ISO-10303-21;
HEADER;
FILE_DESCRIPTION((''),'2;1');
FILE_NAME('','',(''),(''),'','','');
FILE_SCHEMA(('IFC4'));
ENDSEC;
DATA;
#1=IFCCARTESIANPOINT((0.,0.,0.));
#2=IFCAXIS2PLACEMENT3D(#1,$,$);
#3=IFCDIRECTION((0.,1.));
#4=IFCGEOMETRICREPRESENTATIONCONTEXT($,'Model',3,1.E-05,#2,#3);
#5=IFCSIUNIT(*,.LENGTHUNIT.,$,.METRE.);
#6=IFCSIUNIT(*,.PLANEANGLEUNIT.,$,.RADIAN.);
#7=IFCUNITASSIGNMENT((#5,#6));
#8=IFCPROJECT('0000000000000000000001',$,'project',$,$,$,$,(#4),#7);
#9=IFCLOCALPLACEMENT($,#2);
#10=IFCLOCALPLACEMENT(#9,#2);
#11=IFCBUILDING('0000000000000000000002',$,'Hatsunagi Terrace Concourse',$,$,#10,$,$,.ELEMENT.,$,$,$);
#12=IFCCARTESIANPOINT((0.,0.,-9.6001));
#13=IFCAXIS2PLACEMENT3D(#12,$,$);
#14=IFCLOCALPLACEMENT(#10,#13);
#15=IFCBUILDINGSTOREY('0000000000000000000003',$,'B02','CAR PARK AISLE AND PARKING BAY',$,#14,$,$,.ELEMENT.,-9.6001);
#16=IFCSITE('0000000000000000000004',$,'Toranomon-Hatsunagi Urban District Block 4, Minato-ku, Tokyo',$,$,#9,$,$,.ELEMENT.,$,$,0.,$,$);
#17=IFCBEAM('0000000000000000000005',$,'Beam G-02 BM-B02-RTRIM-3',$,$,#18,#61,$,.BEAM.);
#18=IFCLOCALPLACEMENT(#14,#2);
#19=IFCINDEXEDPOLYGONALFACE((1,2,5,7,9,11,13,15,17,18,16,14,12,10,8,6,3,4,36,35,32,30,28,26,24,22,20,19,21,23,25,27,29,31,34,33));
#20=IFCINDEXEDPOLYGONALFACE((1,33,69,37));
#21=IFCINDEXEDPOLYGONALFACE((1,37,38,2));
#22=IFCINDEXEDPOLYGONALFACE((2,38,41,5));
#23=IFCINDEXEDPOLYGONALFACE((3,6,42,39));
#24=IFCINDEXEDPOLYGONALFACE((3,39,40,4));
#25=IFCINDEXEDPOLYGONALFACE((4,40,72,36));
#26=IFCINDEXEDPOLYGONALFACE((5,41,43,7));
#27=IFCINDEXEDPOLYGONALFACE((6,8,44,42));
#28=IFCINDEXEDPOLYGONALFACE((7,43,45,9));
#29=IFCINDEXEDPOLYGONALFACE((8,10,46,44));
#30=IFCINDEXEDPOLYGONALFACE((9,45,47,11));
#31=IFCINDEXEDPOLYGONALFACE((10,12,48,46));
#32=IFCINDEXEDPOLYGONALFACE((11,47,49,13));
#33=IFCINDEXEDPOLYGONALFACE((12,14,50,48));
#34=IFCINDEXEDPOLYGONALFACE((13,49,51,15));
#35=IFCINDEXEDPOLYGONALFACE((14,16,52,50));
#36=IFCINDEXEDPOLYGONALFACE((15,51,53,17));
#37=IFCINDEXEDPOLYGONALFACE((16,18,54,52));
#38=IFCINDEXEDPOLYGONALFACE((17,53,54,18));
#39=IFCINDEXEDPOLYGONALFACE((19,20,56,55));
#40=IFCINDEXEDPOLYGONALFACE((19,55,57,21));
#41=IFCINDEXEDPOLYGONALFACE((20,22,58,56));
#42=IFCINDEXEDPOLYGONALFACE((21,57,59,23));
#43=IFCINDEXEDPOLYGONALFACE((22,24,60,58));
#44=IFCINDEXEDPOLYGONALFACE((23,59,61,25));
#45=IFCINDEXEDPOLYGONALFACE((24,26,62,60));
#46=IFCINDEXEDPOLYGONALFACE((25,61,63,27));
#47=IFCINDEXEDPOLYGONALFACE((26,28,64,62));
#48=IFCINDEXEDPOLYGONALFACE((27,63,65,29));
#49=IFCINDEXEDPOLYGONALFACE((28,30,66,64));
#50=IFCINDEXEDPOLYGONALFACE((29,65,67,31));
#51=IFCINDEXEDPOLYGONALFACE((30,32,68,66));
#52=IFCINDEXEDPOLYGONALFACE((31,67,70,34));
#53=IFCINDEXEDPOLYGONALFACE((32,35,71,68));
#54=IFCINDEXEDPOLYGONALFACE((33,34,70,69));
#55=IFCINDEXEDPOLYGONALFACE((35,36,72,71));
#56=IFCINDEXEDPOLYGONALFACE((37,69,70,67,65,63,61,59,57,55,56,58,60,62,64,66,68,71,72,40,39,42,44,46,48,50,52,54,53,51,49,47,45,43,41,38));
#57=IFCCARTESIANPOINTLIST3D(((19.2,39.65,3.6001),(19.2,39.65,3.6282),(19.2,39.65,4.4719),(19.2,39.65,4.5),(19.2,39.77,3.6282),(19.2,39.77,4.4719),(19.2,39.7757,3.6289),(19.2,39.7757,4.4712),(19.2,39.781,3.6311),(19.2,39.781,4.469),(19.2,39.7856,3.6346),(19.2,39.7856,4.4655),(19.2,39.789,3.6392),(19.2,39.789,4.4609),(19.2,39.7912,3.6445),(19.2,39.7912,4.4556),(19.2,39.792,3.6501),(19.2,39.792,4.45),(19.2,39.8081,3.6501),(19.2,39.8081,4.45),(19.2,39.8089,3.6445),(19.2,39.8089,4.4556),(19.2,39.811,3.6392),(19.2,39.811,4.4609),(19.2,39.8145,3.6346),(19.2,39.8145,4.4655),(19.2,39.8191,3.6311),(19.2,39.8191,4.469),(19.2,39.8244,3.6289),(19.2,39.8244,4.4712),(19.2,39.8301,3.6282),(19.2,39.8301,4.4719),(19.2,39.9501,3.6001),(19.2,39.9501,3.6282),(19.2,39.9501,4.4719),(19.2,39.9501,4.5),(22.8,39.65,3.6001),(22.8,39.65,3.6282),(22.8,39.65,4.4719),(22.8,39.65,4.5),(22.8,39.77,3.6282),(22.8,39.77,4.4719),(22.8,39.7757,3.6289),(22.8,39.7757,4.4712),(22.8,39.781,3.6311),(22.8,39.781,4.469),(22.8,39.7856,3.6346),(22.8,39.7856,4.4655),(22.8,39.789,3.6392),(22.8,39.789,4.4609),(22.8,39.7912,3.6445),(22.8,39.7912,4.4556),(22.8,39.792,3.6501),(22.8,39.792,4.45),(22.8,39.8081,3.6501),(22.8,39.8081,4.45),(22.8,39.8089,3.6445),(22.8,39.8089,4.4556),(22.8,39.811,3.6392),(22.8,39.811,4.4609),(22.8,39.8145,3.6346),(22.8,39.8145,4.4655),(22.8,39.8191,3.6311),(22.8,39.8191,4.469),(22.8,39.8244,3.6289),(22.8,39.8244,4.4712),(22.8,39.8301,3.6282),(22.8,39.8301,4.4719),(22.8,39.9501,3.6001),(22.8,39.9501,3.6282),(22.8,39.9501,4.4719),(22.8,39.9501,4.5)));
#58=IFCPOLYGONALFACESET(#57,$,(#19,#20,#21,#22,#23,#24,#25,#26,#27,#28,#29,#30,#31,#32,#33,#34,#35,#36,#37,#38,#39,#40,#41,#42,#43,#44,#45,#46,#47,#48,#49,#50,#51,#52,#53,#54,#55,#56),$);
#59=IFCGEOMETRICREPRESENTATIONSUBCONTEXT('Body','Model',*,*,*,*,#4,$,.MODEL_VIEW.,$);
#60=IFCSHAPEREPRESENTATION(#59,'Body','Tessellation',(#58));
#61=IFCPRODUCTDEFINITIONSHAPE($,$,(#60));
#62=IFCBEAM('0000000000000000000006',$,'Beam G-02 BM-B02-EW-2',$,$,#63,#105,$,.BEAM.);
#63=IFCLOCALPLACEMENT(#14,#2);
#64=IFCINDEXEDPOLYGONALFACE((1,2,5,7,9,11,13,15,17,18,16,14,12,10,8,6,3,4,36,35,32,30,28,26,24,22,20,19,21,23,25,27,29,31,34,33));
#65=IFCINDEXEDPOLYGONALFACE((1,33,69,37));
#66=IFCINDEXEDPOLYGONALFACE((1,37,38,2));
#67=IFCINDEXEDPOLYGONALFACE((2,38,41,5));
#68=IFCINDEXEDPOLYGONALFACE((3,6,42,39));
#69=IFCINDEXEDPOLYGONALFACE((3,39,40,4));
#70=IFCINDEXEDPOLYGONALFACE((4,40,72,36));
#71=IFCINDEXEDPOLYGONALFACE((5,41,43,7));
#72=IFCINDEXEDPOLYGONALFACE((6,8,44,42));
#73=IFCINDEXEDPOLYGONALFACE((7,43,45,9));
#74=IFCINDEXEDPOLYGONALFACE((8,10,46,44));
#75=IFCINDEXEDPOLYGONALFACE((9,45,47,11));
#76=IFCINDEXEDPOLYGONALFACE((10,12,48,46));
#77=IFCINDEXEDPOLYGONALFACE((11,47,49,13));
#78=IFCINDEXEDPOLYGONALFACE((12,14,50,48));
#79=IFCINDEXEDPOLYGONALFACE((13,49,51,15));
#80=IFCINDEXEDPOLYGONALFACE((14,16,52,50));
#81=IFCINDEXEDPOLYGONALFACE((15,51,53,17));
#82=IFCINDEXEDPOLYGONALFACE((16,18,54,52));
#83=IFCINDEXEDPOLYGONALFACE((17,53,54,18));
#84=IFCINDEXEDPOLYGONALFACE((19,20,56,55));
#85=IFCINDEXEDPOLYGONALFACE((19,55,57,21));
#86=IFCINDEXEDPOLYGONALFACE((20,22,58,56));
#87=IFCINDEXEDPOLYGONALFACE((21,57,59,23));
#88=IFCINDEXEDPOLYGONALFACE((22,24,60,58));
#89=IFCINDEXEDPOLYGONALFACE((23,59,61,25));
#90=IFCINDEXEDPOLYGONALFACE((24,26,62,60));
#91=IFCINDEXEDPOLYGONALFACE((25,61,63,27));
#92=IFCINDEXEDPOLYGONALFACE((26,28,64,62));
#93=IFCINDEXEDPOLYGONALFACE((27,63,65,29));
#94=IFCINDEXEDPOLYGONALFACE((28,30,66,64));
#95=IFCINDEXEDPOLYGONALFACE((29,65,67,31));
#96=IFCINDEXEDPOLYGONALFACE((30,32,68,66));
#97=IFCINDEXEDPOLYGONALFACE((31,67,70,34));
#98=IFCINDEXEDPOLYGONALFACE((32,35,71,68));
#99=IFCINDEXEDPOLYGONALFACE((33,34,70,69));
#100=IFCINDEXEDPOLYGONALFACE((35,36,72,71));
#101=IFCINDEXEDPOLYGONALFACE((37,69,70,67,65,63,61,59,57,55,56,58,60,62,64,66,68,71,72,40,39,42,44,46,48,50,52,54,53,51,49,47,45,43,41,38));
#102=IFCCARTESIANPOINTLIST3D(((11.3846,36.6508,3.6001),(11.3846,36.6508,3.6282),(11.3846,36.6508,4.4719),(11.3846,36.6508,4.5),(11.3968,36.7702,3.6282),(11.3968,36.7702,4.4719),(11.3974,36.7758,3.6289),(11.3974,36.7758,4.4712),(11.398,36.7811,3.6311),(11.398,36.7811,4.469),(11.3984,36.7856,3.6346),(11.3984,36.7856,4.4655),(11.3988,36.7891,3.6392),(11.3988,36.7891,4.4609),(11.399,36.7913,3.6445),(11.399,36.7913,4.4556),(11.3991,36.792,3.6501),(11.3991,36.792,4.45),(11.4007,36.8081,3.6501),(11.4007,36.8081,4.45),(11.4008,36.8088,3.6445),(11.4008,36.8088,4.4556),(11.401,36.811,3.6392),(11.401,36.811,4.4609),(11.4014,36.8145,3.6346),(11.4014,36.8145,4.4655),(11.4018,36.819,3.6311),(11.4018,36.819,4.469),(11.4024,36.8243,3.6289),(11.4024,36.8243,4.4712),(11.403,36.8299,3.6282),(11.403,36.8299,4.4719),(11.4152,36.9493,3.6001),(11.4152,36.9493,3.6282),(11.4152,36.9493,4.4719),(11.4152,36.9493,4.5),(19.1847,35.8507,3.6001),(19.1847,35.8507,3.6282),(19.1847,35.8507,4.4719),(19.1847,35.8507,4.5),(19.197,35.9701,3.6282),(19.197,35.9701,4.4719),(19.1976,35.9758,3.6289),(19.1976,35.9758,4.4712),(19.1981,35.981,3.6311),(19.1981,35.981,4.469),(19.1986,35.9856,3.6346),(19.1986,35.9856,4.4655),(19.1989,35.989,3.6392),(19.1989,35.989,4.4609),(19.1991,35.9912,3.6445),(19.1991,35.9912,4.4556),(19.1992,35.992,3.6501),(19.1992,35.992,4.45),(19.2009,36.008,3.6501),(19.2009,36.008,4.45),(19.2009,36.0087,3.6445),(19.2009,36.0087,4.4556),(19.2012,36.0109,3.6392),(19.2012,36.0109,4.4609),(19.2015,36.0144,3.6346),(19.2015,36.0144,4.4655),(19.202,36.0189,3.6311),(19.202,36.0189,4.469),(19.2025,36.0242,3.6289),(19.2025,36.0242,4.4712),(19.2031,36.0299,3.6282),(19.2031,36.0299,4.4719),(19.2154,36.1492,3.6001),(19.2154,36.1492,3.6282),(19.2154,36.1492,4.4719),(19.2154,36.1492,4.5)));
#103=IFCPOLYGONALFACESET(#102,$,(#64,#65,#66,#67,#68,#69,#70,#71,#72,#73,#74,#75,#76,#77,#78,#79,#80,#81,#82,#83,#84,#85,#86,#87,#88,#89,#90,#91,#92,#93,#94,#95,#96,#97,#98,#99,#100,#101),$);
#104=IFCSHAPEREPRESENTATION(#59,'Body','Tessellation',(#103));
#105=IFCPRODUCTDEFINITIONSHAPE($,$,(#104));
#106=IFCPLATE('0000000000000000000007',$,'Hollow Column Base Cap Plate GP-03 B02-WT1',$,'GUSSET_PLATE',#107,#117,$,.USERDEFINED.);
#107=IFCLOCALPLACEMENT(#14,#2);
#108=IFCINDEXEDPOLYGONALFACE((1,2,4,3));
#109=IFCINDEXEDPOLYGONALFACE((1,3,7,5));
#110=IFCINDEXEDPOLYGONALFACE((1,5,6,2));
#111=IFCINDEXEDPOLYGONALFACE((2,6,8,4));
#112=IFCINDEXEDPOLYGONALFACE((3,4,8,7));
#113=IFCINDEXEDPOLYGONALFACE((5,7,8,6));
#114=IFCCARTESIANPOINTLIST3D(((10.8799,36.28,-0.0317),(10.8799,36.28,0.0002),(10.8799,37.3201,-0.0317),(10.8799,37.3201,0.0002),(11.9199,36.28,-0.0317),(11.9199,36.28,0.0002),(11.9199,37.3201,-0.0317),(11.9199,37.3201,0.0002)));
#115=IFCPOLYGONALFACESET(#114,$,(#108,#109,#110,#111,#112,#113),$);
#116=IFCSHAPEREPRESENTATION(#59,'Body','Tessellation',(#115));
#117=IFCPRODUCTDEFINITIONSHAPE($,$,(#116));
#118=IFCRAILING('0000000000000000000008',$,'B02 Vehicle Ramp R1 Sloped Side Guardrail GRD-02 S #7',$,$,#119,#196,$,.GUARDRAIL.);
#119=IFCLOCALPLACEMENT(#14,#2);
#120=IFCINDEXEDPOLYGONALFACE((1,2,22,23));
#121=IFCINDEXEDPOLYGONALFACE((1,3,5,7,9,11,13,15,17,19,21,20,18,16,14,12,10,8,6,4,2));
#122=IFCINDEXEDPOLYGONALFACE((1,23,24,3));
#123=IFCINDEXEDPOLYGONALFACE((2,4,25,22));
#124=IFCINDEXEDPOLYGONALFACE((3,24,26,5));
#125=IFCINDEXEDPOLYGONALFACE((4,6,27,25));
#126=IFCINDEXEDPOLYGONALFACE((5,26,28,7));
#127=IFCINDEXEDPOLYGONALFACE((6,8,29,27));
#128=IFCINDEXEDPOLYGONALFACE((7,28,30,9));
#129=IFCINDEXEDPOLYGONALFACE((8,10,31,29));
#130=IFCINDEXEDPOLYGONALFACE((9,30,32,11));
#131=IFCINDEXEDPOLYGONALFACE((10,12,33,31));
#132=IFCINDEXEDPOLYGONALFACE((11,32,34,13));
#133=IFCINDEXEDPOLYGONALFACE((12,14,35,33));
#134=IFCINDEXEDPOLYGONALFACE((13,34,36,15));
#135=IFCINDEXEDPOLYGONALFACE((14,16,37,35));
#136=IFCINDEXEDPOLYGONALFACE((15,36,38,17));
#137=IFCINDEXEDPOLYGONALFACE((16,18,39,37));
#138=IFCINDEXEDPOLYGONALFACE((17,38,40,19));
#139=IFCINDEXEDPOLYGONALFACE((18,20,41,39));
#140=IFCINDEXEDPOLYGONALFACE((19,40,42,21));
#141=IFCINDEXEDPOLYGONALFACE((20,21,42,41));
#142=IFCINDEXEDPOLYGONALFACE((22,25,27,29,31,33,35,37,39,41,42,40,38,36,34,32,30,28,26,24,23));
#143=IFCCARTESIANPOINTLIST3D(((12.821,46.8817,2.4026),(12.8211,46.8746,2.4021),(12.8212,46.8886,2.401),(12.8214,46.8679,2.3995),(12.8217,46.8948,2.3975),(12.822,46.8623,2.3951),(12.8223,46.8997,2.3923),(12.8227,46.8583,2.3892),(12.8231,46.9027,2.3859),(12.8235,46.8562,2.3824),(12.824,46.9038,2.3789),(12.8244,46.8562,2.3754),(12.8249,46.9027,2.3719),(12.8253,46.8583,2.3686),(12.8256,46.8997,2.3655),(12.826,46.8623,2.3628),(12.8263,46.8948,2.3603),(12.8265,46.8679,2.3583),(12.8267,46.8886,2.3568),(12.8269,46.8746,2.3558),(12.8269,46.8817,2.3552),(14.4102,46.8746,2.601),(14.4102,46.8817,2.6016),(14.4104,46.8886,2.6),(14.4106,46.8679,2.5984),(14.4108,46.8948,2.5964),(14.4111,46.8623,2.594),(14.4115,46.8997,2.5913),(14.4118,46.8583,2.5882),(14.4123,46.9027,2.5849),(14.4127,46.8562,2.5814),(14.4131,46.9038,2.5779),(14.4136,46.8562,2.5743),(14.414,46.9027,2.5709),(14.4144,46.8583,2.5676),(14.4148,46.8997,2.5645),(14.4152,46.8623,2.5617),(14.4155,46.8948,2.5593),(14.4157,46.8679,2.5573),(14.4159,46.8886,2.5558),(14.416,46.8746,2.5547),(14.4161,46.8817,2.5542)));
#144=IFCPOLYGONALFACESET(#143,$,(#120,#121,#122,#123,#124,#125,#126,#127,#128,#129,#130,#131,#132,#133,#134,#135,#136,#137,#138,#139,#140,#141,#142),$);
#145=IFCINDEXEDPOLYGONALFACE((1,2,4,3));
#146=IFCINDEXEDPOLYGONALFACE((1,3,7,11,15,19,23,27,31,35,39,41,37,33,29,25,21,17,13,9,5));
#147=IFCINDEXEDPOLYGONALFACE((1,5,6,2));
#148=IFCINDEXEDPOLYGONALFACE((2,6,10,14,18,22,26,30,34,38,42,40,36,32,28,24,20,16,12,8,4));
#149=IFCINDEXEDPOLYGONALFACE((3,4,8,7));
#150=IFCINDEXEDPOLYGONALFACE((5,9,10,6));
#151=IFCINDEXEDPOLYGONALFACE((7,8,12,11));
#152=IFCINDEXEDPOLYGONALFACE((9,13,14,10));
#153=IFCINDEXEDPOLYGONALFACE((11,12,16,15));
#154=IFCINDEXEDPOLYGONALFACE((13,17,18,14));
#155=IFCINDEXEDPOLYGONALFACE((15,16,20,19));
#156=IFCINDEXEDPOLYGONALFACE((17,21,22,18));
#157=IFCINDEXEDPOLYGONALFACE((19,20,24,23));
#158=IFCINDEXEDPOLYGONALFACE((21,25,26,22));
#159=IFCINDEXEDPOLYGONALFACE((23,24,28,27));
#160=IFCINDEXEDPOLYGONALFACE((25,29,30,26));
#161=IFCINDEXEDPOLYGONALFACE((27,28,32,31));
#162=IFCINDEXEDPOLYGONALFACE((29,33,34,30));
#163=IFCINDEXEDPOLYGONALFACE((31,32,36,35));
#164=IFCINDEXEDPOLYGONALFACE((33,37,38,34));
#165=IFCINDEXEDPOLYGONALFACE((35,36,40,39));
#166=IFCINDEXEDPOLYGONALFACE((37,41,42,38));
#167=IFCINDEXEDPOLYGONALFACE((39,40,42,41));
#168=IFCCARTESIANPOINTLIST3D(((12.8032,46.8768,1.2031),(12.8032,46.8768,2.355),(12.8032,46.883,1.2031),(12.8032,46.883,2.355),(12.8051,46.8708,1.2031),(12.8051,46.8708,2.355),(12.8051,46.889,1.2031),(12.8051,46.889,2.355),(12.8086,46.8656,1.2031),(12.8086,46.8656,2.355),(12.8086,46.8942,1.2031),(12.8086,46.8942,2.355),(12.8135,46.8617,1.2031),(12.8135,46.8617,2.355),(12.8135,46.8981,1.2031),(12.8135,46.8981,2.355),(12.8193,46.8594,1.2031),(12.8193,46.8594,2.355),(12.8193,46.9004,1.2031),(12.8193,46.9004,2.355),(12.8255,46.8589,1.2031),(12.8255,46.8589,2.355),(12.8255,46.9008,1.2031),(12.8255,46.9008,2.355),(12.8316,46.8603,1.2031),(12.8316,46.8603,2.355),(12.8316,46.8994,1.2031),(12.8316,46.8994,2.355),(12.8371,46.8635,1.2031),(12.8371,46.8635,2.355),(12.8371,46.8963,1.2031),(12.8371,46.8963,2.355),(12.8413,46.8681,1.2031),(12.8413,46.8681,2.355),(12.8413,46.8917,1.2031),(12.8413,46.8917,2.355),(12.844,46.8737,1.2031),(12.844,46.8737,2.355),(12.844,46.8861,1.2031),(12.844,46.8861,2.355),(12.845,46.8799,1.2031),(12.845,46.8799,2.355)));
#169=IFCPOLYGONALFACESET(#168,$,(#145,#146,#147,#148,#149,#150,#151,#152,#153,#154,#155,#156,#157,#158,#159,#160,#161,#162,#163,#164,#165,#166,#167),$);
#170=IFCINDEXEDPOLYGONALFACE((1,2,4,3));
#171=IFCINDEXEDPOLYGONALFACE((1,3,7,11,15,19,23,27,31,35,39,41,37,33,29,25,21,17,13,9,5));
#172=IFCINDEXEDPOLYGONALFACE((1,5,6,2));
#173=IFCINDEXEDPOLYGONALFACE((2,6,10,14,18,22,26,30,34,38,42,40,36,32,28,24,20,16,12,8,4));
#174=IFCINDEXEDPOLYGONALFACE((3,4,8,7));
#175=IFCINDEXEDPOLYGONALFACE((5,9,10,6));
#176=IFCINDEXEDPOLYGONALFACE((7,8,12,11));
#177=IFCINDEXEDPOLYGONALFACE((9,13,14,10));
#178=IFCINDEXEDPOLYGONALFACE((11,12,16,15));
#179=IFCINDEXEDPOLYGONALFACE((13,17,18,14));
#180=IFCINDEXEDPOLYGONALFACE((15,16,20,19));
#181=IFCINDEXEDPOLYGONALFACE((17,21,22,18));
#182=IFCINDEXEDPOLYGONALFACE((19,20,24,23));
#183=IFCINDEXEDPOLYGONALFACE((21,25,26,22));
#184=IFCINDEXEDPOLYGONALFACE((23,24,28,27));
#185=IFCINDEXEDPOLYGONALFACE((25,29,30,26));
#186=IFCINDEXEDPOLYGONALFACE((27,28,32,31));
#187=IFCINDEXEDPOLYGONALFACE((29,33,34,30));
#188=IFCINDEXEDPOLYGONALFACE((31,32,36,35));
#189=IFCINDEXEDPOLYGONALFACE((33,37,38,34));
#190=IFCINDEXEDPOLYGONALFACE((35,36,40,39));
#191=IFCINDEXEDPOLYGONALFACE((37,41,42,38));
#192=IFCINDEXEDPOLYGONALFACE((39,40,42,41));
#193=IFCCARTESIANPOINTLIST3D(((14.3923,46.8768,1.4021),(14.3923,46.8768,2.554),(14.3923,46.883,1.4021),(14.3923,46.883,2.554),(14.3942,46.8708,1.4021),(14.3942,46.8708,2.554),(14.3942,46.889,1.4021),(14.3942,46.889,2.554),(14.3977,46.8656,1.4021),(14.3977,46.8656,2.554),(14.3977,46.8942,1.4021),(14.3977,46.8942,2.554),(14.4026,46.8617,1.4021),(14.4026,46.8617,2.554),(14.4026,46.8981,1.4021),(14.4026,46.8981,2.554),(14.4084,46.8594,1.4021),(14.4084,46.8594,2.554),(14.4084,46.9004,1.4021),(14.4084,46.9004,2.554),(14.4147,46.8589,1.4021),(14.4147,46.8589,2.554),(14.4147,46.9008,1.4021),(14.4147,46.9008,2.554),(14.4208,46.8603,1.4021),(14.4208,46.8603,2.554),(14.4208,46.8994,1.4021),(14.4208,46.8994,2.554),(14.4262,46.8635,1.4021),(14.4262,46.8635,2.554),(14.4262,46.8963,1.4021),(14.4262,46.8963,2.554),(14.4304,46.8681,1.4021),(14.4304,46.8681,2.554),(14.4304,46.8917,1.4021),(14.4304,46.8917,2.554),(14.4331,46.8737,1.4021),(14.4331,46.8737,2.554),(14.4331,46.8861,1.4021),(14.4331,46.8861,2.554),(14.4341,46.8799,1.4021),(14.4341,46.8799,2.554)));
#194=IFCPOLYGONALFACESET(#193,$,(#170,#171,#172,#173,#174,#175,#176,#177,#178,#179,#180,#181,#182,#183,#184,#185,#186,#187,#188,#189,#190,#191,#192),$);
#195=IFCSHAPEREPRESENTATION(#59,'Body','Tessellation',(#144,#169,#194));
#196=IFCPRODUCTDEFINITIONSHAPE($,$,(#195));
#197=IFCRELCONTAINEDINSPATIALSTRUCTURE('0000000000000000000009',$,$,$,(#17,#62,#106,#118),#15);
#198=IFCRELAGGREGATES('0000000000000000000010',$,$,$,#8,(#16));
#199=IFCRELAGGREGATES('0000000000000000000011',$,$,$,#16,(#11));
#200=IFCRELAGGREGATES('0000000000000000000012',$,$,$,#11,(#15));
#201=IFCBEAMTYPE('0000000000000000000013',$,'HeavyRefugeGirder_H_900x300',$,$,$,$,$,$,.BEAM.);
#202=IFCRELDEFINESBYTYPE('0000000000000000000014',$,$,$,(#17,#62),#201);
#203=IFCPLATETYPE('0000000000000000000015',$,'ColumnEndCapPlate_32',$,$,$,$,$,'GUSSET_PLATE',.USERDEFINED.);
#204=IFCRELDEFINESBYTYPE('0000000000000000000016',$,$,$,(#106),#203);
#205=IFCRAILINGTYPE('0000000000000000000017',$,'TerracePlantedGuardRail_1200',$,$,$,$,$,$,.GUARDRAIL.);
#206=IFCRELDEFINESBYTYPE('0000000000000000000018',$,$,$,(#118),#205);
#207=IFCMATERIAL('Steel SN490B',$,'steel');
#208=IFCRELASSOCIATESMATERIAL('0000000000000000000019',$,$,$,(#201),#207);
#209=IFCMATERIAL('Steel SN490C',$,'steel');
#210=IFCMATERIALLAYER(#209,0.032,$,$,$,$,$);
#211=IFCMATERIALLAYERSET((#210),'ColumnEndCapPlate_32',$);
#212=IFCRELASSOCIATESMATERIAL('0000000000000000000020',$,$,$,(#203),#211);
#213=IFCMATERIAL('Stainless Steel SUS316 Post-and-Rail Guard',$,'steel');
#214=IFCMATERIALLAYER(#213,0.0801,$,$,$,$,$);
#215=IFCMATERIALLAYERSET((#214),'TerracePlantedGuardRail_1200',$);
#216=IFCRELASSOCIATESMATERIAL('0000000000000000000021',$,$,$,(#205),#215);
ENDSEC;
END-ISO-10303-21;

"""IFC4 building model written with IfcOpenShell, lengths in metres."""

from ifc_helpers import new_model, si_unit, direction, frame, origin, origin_2d, place, context, subcontext, project, spatial, rectangle, circle, i_section, extrude, material, layer, layer_set, material_profile, profile_set, type_object, element, save


model = new_model("IFC4")

# Units and contexts
model_context = context("Model", 3, precision=1e-05, world=origin(), true_north=direction((0.0, 1.0)))
body_context = subcontext(model_context, "Body", "Model", "MODEL_VIEW")
ifc_project = project(units=[si_unit("LENGTHUNIT", "METRE"), si_unit("PLANEANGLEUNIT", "RADIAN")], contexts=[model_context])

# Site, building, storey
site_placement = place(None, origin())
site = spatial("IfcSite", under=ifc_project, at=site_placement, Name="Toranomon-Hatsunagi Urban District Block 4, Minato-ku, Tokyo", CompositionType="ELEMENT", RefElevation=0.0)
building_placement = place(site_placement, origin())
building = spatial("IfcBuilding", under=site, at=building_placement, Name="Hatsunagi Terrace Concourse", CompositionType="ELEMENT")
storey_placement = place(building_placement, frame((0.0, 0.0, -9.6001)))
storey = spatial("IfcBuildingStorey", under=building, at=storey_placement, Name="B02", Description="CAR PARK AISLE AND PARKING BAY", CompositionType="ELEMENT", Elevation=-9.6001)

# Beams
ifc_material_1 = material(Name="Steel SN490B", Category="steel")
ifc_material_profile_1 = material_profile(ifc_material_1, i_section(OverallWidth=0.3, OverallDepth=0.8999, WebThickness=0.0161, FlangeThickness=0.0281, FilletRadius=0.022, at=origin_2d()), Name="H-900x300x16x28")
ifc_profile_set_1 = profile_set([ifc_material_profile_1], Name="Steel SN490B")
beam_type = type_object("IfcBeamType", Name="HeavyRefugeGirder_H_900x300", PredefinedType="BEAM", material=ifc_profile_set_1)
beam_1_placement = place(storey_placement, frame((19.2, 39.8, 4.05), z_axis=(1.0, 0.0, 0.0), x_axis=(0.0, 1.0, 0.0)))
element("IfcBeam", 1, at=beam_1_placement, inside=storey, type_object=beam_type, Name="Beam G-02 BM-B02-RTRIM-3", PredefinedType="BEAM", context=body_context, shape_type="SweptSolid", body=[
    extrude(i_section(OverallWidth=0.3, OverallDepth=0.8999, WebThickness=0.0161, FlangeThickness=0.0281, FilletRadius=0.022, at=origin_2d()), origin(), (0.0, 0.0, 1.0), 3.6001),
])
beam_2_placement = place(storey_placement, frame((11.3999, 36.8, 4.05), z_axis=(0.994781, -0.102034, 0.0), x_axis=(0.102034, 0.994781, 0.0)))
element("IfcBeam", 2, at=beam_2_placement, inside=storey, type_object=beam_type, Name="Beam G-02 BM-B02-EW-2", PredefinedType="BEAM", context=body_context, shape_type="SweptSolid", body=[
    extrude(i_section(OverallWidth=0.3, OverallDepth=0.8999, WebThickness=0.0161, FlangeThickness=0.0281, FilletRadius=0.022, at=origin_2d()), origin(), (0.0, 0.0, 1.0), 7.8411),
])

# Plate
ifc_material_2 = material(Name="Steel SN490C", Category="steel")
ifc_layer_1 = layer(ifc_material_2, 0.032)
ifc_layer_set_1 = layer_set([ifc_layer_1], Name="ColumnEndCapPlate_32")
plate_type = type_object("IfcPlateType", Name="ColumnEndCapPlate_32", ElementType="GUSSET_PLATE", PredefinedType="USERDEFINED", material=ifc_layer_set_1)
plate_placement = place(storey_placement, frame((11.3999, 36.8, -0.0317), z_axis=(0.0, 0.0, 1.0), x_axis=(1.0, 0.0, 0.0)))
element("IfcPlate", 3, at=plate_placement, inside=storey, type_object=plate_type, Name="Hollow Column Base Cap Plate GP-03 B02-WT1", ObjectType="GUSSET_PLATE", PredefinedType="USERDEFINED", context=body_context, shape_type="SweptSolid", body=[
    extrude(rectangle(XDim=1.04, YDim=1.04, at=origin_2d()), origin(), (0.0, 0.0, 1.0), 0.032),
])

# Railing
ifc_material_3 = material(Name="Stainless Steel SUS316 Post-and-Rail Guard", Category="steel")
ifc_layer_2 = layer(ifc_material_3, 0.0801)
ifc_layer_set_2 = layer_set([ifc_layer_2], Name="TerracePlantedGuardRail_1200")
railing_type = type_object("IfcRailingType", Name="TerracePlantedGuardRail_1200", PredefinedType="GUARDRAIL", material=ifc_layer_set_2)
railing_1_placement = place(storey_placement, frame((12.824, 46.8799, 1.2031)))
element("IfcRailing", 4, at=railing_1_placement, inside=storey, type_object=railing_type, Name="B02 Vehicle Ramp R1 Sloped Side Guardrail GRD-02 S #7", PredefinedType="GUARDRAIL", context=body_context, shape_type="SweptSolid", body=[
    extrude(circle(Radius=0.0239, at=origin_2d()), frame((0.0, 0.0, 1.1758), z_axis=(0.992252, 0.0, 0.124241), x_axis=(0.0, 1.0, 0.0)), (0.0, 0.0, 1.0), 1.6016),
    extrude(circle(Radius=0.021, at=origin_2d()), origin(), (0.0, 0.0, 1.0), 1.1519),
    extrude(circle(Radius=0.021, at=origin_2d()), frame((1.5891, 0.0, 0.199)), (0.0, 0.0, 1.0), 1.1519),
])

save(model, "model.ifc")
